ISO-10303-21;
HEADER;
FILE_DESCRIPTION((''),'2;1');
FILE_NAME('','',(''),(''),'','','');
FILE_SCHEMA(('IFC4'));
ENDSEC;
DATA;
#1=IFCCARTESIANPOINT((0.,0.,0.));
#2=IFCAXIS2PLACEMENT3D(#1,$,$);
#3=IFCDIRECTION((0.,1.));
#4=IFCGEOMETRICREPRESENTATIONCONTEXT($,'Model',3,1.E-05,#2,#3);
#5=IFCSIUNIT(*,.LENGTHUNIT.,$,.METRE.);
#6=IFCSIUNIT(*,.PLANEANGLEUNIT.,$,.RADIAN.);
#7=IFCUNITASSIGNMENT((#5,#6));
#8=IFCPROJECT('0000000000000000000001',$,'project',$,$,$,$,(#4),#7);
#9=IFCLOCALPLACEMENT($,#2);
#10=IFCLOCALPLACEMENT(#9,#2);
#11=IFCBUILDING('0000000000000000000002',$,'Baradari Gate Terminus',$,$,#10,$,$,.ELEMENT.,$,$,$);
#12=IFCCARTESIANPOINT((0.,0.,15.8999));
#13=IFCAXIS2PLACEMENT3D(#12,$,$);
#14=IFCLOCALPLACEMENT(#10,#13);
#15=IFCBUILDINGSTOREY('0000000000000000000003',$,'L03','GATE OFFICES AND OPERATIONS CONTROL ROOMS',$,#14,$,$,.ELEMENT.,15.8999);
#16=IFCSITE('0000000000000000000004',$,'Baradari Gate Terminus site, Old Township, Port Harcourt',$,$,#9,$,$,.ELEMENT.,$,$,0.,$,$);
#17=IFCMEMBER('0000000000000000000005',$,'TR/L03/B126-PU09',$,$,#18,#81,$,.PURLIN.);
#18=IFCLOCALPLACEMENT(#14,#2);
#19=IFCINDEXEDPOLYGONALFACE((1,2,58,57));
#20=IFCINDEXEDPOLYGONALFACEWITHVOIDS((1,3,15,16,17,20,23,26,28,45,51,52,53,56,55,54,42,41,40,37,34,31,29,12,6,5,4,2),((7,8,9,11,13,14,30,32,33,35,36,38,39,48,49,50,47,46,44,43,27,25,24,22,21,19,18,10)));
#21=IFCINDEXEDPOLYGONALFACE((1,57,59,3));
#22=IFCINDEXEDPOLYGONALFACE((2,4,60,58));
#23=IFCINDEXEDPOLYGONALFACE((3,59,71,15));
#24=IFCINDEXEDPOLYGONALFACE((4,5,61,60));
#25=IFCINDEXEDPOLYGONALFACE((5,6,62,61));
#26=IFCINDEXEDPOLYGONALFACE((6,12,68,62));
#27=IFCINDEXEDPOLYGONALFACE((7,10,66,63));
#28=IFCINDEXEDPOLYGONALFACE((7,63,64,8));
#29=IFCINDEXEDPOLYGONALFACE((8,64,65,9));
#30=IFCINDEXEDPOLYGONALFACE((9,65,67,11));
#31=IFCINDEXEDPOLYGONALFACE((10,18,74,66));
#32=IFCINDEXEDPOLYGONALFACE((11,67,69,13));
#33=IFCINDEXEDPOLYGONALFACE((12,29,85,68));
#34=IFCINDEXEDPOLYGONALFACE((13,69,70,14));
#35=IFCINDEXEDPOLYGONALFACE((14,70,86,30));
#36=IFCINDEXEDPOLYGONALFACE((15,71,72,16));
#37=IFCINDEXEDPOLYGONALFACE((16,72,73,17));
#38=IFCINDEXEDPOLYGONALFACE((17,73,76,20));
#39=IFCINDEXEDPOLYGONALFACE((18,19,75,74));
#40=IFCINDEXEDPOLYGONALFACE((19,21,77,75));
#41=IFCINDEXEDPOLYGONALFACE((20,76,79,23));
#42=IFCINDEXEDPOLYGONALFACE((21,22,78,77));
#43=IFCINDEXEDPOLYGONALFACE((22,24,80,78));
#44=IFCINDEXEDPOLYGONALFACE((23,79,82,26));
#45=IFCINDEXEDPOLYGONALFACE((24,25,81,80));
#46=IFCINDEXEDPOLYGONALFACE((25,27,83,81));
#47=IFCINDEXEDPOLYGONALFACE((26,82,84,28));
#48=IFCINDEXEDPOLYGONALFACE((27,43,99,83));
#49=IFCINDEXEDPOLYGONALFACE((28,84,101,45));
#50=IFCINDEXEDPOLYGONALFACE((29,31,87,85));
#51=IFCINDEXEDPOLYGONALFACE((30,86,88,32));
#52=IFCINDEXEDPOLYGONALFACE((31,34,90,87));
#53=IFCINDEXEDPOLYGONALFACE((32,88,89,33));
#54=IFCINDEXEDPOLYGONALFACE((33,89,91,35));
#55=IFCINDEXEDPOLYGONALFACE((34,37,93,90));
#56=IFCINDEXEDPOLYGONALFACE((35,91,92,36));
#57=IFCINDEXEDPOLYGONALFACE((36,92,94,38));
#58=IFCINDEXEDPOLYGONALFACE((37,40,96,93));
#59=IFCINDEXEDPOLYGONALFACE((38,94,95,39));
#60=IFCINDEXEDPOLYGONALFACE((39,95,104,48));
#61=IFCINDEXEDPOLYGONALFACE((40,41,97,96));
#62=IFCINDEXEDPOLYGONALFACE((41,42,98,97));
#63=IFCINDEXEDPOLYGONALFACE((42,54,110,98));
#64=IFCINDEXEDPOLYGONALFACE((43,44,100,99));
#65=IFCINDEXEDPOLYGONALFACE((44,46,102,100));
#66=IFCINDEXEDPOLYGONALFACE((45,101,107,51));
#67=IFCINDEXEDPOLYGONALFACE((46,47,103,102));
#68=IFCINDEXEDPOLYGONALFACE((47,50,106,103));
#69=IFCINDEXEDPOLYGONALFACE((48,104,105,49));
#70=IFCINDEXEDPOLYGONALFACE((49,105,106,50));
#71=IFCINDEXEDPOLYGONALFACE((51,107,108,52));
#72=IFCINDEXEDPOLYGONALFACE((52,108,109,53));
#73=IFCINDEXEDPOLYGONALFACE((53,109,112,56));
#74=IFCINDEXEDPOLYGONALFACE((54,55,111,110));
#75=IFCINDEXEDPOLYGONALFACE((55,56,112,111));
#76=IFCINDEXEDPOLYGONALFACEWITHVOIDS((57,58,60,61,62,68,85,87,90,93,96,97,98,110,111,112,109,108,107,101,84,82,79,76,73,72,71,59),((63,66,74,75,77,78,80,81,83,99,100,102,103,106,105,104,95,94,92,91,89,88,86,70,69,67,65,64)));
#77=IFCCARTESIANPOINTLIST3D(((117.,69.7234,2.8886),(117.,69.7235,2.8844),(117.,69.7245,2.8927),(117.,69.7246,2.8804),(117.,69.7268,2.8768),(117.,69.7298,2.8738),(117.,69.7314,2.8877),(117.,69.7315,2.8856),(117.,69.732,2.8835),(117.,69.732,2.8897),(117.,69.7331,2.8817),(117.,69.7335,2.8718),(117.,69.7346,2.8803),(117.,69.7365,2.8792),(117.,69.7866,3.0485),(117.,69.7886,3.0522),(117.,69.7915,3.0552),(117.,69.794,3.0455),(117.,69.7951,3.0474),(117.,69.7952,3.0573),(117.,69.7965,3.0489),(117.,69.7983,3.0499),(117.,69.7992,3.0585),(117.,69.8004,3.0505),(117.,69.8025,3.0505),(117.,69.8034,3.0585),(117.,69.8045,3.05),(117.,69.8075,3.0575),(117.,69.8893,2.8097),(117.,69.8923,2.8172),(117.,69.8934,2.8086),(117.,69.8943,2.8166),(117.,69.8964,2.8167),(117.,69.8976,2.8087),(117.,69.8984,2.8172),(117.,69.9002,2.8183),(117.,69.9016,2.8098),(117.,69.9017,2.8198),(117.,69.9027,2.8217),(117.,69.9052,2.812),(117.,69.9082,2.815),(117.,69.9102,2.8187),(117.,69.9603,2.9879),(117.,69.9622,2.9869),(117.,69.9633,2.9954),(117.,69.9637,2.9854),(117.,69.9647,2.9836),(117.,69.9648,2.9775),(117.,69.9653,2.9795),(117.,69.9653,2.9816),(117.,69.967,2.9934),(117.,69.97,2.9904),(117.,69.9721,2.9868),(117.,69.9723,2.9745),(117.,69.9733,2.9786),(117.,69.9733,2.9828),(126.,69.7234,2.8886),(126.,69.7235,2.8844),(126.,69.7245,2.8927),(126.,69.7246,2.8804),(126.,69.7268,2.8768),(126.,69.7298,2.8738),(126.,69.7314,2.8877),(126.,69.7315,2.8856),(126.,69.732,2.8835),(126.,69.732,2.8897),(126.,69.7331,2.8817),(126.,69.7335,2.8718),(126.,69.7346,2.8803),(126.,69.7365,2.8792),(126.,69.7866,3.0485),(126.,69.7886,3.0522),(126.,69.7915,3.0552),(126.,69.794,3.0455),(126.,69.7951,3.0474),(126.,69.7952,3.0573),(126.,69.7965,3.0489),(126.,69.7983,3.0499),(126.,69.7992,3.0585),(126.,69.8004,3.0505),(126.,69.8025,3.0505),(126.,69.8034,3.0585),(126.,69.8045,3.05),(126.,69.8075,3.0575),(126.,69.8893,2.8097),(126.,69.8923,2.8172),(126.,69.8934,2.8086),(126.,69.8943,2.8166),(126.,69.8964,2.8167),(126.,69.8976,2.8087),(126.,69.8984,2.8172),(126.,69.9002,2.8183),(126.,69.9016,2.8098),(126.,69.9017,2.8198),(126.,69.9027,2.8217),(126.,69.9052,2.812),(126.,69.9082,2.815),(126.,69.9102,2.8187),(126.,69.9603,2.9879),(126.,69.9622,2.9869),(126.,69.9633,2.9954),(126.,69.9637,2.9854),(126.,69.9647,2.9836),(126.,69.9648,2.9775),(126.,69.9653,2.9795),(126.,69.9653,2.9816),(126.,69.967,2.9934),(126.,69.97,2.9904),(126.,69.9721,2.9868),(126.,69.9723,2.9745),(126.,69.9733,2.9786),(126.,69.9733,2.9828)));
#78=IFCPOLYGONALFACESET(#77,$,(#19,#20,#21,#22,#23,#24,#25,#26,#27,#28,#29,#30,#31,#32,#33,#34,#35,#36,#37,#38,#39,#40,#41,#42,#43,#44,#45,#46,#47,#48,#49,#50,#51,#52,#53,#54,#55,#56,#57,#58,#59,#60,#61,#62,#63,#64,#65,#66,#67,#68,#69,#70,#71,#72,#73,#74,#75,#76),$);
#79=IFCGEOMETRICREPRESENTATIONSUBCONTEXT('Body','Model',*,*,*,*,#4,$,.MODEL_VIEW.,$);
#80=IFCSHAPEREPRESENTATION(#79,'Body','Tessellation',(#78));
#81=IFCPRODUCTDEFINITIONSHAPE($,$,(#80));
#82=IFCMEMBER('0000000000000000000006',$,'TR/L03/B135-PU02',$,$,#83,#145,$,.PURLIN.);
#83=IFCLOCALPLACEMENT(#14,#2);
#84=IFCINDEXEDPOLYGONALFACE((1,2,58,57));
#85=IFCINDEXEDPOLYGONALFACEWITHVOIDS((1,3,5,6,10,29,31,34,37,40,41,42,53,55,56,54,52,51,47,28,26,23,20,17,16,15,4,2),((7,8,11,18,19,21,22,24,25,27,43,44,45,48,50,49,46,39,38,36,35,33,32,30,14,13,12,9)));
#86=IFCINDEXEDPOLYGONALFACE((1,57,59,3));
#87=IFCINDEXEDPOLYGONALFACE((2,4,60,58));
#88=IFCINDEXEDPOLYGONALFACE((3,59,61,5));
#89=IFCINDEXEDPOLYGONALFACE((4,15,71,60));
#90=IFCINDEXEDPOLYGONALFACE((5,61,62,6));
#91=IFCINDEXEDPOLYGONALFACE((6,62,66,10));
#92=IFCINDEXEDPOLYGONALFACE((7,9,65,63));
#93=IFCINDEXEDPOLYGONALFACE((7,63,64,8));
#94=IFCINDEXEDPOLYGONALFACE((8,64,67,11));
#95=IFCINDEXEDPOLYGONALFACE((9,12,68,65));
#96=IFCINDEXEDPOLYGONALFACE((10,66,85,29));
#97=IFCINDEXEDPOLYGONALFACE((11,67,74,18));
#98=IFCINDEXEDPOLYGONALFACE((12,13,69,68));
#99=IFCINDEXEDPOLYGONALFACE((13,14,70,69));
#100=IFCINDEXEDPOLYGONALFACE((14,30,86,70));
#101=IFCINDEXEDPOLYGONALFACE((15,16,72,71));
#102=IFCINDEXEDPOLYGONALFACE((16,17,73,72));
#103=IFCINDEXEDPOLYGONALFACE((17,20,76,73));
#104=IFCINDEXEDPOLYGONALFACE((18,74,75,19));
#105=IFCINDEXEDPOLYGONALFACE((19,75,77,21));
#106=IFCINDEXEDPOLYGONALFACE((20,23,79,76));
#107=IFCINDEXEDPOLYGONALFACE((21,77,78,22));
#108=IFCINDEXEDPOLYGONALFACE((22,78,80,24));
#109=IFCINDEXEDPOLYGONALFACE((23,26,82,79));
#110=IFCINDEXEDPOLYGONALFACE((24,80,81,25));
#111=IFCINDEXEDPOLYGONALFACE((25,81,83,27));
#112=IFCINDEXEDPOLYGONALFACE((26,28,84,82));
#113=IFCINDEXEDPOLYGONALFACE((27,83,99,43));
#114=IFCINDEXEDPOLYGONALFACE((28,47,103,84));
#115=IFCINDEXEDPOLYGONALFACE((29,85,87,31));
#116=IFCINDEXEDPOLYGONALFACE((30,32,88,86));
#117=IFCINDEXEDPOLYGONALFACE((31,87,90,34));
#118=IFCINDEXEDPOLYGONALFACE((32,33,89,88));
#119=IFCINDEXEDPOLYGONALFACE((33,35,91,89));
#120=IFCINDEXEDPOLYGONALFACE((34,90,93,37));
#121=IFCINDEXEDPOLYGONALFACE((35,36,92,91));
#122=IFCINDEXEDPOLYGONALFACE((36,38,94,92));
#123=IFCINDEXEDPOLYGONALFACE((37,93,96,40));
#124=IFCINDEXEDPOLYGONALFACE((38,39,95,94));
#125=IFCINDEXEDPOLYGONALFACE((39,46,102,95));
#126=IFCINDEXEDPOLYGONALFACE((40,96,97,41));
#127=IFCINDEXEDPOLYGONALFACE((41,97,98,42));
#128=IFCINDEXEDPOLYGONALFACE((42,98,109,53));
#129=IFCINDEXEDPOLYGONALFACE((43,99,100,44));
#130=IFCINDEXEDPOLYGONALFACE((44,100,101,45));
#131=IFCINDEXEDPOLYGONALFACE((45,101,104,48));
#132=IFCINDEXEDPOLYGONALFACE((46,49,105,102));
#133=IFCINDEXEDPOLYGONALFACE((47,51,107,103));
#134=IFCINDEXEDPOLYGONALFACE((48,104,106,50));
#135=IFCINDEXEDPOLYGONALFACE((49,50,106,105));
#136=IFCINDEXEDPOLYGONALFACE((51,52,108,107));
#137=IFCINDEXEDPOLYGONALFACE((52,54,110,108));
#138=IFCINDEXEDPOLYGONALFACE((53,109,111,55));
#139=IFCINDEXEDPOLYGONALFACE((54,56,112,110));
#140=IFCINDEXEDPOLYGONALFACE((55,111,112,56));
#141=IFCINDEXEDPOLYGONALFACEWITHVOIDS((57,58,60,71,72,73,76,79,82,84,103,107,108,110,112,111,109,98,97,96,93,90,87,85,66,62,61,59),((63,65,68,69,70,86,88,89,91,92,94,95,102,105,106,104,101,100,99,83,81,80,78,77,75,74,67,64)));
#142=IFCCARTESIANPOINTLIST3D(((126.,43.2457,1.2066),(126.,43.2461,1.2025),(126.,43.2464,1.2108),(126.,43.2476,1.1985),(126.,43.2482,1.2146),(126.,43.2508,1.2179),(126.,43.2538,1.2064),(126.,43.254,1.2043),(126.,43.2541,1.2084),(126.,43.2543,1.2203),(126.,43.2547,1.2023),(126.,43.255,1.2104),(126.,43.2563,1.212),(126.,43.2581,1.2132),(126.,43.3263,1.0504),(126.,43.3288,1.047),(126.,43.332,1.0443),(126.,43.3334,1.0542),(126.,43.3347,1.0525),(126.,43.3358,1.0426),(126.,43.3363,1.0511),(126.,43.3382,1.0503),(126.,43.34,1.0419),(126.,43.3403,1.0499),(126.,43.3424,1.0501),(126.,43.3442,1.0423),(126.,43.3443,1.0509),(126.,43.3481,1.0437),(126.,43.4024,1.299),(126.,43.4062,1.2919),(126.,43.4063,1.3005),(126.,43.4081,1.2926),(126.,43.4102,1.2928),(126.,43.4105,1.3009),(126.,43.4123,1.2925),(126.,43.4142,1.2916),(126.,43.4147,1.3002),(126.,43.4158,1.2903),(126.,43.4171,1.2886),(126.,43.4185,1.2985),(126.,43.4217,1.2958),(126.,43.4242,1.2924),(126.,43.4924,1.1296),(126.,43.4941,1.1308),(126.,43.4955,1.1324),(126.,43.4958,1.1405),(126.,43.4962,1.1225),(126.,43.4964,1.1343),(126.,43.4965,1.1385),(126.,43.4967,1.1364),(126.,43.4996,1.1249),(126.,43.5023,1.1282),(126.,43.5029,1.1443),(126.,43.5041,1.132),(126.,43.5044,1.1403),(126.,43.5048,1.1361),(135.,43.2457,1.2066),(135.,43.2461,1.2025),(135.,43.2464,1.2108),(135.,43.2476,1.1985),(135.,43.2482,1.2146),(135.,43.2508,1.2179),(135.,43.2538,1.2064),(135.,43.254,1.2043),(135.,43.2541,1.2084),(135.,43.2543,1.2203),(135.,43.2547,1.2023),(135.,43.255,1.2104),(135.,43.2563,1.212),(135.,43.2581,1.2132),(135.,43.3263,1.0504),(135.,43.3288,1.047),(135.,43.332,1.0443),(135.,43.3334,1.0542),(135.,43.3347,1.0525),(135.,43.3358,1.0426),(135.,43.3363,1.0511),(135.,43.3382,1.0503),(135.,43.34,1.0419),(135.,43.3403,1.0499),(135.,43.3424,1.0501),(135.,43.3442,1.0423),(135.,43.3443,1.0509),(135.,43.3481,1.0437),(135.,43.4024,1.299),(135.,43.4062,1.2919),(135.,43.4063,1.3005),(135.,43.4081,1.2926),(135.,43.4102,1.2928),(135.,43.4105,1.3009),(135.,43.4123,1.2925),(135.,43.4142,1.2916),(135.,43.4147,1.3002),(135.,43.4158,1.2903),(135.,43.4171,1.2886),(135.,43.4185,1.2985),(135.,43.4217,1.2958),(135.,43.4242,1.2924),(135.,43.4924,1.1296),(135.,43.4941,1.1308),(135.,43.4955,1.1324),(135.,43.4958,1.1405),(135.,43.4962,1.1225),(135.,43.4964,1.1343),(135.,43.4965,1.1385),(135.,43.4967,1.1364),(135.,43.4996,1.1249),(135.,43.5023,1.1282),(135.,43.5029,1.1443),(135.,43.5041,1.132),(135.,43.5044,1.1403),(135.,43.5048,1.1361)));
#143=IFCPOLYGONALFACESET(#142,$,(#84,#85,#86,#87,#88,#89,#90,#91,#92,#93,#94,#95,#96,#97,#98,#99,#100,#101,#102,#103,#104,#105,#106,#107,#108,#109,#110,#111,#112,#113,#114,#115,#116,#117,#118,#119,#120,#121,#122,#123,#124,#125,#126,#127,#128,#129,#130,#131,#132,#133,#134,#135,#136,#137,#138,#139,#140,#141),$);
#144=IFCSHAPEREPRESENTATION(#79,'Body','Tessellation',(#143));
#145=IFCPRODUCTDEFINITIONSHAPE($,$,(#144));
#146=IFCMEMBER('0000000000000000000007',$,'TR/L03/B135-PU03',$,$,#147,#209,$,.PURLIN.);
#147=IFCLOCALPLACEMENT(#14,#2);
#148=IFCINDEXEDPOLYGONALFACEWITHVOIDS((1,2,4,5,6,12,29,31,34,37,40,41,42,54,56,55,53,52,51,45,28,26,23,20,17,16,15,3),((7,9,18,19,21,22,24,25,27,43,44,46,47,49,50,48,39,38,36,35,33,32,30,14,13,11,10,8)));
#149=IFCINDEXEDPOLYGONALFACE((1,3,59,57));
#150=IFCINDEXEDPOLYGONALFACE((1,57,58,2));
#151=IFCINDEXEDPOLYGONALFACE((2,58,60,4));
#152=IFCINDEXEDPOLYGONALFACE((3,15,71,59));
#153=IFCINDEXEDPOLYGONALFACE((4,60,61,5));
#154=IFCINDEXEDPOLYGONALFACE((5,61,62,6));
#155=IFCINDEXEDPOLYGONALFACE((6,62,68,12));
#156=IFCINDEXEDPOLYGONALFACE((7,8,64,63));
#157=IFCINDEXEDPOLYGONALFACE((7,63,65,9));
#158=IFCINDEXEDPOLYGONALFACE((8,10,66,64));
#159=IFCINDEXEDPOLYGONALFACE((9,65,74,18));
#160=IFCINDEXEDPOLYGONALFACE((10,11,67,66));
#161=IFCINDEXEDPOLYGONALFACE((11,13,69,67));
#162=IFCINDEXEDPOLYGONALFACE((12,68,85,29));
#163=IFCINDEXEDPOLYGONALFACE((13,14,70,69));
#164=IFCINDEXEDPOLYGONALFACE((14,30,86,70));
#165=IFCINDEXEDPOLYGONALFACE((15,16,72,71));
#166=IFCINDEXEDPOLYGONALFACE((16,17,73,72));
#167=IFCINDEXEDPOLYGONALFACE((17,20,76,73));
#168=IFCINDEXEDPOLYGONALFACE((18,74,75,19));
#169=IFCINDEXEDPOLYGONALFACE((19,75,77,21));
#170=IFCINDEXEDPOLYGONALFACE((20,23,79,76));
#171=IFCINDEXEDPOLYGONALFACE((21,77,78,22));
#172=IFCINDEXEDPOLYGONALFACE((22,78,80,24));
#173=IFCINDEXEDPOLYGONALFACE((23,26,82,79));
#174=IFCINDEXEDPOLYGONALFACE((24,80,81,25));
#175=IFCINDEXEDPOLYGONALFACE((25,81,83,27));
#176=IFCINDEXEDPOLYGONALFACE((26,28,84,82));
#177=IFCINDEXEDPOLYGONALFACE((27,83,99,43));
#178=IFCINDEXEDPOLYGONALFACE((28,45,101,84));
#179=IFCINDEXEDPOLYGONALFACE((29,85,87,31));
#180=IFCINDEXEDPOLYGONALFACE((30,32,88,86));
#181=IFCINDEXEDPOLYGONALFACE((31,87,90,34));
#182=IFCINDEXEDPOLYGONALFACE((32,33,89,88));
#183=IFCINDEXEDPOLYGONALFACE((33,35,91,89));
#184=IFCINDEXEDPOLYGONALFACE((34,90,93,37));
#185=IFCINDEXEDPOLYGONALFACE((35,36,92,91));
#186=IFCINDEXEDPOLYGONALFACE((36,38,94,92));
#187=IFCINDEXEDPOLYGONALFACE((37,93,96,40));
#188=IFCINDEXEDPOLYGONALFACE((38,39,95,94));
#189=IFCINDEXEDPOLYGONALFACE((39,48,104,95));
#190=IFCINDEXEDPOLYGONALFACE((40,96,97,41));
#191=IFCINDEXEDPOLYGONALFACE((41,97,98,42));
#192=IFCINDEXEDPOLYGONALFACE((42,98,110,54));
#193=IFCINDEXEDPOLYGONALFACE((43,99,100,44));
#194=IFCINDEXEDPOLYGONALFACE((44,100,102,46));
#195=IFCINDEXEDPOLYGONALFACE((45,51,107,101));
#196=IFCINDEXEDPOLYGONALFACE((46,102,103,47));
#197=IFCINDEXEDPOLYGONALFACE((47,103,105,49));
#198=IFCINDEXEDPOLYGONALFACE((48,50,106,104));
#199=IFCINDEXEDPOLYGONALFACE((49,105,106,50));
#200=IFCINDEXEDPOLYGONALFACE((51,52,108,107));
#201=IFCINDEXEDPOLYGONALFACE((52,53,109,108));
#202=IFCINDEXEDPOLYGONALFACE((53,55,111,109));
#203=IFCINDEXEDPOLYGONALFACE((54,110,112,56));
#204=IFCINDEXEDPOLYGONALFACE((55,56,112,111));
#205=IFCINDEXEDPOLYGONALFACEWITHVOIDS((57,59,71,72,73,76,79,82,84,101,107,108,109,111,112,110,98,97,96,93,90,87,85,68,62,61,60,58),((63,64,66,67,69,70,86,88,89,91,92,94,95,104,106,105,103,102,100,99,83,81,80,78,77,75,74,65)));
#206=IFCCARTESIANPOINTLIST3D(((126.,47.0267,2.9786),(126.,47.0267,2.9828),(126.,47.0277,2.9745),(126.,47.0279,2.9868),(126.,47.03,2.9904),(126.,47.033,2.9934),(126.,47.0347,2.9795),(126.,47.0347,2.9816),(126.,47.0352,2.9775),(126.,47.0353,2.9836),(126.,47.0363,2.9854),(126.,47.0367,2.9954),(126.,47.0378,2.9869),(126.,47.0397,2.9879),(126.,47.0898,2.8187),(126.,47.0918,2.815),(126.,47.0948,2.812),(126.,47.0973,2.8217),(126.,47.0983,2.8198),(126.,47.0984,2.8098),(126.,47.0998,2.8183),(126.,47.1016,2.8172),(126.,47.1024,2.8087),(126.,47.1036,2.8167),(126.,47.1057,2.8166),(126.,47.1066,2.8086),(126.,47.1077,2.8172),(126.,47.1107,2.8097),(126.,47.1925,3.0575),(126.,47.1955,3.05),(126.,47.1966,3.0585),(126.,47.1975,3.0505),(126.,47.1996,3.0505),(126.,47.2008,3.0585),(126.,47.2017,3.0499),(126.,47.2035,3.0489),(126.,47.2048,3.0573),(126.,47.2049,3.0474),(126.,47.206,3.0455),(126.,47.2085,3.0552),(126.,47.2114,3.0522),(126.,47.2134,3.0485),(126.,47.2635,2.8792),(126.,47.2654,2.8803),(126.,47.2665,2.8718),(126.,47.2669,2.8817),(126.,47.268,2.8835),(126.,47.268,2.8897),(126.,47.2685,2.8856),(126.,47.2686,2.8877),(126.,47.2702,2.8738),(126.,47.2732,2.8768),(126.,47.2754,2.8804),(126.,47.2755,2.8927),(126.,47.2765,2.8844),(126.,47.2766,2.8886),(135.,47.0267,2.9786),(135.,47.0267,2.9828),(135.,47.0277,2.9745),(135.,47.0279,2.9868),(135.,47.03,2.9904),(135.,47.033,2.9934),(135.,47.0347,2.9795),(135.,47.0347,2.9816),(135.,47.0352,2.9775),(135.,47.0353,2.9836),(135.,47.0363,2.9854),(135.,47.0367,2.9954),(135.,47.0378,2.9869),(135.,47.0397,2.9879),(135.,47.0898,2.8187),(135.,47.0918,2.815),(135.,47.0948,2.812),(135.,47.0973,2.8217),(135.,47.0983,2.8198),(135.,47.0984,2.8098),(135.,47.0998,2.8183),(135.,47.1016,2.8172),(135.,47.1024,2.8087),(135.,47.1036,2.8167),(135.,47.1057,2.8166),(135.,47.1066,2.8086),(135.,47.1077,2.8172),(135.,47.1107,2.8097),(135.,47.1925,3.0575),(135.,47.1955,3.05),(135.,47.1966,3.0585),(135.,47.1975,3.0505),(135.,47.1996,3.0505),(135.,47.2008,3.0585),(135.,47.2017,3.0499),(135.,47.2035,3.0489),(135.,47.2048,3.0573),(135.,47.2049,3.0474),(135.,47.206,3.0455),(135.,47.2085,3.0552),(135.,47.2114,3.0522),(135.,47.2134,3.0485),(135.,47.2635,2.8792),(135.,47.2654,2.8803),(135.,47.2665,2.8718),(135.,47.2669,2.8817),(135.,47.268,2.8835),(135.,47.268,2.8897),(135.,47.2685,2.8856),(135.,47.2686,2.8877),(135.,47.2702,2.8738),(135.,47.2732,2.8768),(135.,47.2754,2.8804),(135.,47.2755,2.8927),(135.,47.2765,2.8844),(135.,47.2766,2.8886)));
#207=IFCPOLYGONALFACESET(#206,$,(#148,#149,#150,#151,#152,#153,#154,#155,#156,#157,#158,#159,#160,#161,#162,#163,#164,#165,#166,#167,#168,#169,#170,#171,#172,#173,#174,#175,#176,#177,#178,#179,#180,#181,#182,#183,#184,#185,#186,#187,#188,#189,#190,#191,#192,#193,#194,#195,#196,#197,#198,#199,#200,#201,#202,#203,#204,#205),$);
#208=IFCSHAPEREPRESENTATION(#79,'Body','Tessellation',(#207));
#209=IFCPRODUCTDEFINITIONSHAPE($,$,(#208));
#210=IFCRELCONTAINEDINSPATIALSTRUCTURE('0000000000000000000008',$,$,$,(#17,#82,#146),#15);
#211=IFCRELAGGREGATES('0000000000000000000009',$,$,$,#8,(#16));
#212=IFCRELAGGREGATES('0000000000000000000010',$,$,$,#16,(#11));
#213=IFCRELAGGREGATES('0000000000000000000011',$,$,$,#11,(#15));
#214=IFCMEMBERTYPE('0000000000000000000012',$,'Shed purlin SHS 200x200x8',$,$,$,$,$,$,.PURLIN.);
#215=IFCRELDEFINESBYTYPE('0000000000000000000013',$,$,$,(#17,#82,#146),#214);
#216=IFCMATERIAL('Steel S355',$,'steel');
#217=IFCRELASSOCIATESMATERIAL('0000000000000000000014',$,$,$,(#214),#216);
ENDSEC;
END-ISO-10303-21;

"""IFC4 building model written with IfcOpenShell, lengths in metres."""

from ifc_helpers import new_model, si_unit, direction, frame, origin, origin_2d, place, context, subcontext, project, spatial, hollow_rectangle, extrude, material, material_profile, profile_set, type_object, element, save


model = new_model("IFC4")

# Units and contexts
model_context = context("Model", 3, precision=1e-05, world=origin(), true_north=direction((0.0, 1.0)))
body_context = subcontext(model_context, "Body", "Model", "MODEL_VIEW")
ifc_project = project(units=[si_unit("LENGTHUNIT", "METRE"), si_unit("PLANEANGLEUNIT", "RADIAN")], contexts=[model_context])

# Site, building, storey
site_placement = place(None, origin())
site = spatial("IfcSite", under=ifc_project, at=site_placement, Name="Baradari Gate Terminus site, Old Township, Port Harcourt", CompositionType="ELEMENT", RefElevation=0.0)
building_placement = place(site_placement, origin())
building = spatial("IfcBuilding", under=site, at=building_placement, Name="Baradari Gate Terminus", CompositionType="ELEMENT")
storey_placement = place(building_placement, frame((0.0, 0.0, 15.8999)))
storey = spatial("IfcBuildingStorey", under=building, at=storey_placement, Name="L03", Description="GATE OFFICES AND OPERATIONS CONTROL ROOMS", CompositionType="ELEMENT", Elevation=15.8999)

# Members
ifc_material_1 = material(Name="Steel S355", Category="steel")
ifc_material_profile_1 = material_profile(ifc_material_1, hollow_rectangle(XDim=0.2, YDim=0.2, WallThickness=0.0081, InnerFilletRadius=0.0081, OuterFilletRadius=0.0161, at=origin_2d()), Name="SHS 200x200x8")
ifc_profile_set_1 = profile_set([ifc_material_profile_1], Name="Steel S355")
member_type_1 = type_object("IfcMemberType", Name="Shed purlin SHS 200x200x8", PredefinedType="PURLIN", material=ifc_profile_set_1)
for number, where, z_axis, x_axis, name in (
    (1, (117.0, 69.8484, 2.9336), (1.0, 0.0, 0.0), (0.0, 0.928965, -0.370167), "TR/L03/B126-PU09"),
    (2, (126.0, 43.3752, 1.1714), (1.0, 0.0, 0.0), (0.0, 0.883027, 0.469322), "TR/L03/B135-PU02"),
    (3, (126.0, 47.1516, 2.9336), (1.0, 0.0, 0.0), (0.0, 0.928965, 0.370167), "TR/L03/B135-PU03"),
):
    element("IfcMember", number, at=place(storey_placement, frame(where, z_axis=z_axis, x_axis=x_axis)), inside=storey, type_object=member_type_1, Name=name, PredefinedType="PURLIN", context=body_context, shape_type="SweptSolid", body=[
        extrude(hollow_rectangle(XDim=0.2, YDim=0.2, WallThickness=0.0081, InnerFilletRadius=0.0081, OuterFilletRadius=0.0161, at=origin_2d()), origin(), (0.0, 0.0, 1.0), 9.0),
    ])

save(model, "model.ifc")
